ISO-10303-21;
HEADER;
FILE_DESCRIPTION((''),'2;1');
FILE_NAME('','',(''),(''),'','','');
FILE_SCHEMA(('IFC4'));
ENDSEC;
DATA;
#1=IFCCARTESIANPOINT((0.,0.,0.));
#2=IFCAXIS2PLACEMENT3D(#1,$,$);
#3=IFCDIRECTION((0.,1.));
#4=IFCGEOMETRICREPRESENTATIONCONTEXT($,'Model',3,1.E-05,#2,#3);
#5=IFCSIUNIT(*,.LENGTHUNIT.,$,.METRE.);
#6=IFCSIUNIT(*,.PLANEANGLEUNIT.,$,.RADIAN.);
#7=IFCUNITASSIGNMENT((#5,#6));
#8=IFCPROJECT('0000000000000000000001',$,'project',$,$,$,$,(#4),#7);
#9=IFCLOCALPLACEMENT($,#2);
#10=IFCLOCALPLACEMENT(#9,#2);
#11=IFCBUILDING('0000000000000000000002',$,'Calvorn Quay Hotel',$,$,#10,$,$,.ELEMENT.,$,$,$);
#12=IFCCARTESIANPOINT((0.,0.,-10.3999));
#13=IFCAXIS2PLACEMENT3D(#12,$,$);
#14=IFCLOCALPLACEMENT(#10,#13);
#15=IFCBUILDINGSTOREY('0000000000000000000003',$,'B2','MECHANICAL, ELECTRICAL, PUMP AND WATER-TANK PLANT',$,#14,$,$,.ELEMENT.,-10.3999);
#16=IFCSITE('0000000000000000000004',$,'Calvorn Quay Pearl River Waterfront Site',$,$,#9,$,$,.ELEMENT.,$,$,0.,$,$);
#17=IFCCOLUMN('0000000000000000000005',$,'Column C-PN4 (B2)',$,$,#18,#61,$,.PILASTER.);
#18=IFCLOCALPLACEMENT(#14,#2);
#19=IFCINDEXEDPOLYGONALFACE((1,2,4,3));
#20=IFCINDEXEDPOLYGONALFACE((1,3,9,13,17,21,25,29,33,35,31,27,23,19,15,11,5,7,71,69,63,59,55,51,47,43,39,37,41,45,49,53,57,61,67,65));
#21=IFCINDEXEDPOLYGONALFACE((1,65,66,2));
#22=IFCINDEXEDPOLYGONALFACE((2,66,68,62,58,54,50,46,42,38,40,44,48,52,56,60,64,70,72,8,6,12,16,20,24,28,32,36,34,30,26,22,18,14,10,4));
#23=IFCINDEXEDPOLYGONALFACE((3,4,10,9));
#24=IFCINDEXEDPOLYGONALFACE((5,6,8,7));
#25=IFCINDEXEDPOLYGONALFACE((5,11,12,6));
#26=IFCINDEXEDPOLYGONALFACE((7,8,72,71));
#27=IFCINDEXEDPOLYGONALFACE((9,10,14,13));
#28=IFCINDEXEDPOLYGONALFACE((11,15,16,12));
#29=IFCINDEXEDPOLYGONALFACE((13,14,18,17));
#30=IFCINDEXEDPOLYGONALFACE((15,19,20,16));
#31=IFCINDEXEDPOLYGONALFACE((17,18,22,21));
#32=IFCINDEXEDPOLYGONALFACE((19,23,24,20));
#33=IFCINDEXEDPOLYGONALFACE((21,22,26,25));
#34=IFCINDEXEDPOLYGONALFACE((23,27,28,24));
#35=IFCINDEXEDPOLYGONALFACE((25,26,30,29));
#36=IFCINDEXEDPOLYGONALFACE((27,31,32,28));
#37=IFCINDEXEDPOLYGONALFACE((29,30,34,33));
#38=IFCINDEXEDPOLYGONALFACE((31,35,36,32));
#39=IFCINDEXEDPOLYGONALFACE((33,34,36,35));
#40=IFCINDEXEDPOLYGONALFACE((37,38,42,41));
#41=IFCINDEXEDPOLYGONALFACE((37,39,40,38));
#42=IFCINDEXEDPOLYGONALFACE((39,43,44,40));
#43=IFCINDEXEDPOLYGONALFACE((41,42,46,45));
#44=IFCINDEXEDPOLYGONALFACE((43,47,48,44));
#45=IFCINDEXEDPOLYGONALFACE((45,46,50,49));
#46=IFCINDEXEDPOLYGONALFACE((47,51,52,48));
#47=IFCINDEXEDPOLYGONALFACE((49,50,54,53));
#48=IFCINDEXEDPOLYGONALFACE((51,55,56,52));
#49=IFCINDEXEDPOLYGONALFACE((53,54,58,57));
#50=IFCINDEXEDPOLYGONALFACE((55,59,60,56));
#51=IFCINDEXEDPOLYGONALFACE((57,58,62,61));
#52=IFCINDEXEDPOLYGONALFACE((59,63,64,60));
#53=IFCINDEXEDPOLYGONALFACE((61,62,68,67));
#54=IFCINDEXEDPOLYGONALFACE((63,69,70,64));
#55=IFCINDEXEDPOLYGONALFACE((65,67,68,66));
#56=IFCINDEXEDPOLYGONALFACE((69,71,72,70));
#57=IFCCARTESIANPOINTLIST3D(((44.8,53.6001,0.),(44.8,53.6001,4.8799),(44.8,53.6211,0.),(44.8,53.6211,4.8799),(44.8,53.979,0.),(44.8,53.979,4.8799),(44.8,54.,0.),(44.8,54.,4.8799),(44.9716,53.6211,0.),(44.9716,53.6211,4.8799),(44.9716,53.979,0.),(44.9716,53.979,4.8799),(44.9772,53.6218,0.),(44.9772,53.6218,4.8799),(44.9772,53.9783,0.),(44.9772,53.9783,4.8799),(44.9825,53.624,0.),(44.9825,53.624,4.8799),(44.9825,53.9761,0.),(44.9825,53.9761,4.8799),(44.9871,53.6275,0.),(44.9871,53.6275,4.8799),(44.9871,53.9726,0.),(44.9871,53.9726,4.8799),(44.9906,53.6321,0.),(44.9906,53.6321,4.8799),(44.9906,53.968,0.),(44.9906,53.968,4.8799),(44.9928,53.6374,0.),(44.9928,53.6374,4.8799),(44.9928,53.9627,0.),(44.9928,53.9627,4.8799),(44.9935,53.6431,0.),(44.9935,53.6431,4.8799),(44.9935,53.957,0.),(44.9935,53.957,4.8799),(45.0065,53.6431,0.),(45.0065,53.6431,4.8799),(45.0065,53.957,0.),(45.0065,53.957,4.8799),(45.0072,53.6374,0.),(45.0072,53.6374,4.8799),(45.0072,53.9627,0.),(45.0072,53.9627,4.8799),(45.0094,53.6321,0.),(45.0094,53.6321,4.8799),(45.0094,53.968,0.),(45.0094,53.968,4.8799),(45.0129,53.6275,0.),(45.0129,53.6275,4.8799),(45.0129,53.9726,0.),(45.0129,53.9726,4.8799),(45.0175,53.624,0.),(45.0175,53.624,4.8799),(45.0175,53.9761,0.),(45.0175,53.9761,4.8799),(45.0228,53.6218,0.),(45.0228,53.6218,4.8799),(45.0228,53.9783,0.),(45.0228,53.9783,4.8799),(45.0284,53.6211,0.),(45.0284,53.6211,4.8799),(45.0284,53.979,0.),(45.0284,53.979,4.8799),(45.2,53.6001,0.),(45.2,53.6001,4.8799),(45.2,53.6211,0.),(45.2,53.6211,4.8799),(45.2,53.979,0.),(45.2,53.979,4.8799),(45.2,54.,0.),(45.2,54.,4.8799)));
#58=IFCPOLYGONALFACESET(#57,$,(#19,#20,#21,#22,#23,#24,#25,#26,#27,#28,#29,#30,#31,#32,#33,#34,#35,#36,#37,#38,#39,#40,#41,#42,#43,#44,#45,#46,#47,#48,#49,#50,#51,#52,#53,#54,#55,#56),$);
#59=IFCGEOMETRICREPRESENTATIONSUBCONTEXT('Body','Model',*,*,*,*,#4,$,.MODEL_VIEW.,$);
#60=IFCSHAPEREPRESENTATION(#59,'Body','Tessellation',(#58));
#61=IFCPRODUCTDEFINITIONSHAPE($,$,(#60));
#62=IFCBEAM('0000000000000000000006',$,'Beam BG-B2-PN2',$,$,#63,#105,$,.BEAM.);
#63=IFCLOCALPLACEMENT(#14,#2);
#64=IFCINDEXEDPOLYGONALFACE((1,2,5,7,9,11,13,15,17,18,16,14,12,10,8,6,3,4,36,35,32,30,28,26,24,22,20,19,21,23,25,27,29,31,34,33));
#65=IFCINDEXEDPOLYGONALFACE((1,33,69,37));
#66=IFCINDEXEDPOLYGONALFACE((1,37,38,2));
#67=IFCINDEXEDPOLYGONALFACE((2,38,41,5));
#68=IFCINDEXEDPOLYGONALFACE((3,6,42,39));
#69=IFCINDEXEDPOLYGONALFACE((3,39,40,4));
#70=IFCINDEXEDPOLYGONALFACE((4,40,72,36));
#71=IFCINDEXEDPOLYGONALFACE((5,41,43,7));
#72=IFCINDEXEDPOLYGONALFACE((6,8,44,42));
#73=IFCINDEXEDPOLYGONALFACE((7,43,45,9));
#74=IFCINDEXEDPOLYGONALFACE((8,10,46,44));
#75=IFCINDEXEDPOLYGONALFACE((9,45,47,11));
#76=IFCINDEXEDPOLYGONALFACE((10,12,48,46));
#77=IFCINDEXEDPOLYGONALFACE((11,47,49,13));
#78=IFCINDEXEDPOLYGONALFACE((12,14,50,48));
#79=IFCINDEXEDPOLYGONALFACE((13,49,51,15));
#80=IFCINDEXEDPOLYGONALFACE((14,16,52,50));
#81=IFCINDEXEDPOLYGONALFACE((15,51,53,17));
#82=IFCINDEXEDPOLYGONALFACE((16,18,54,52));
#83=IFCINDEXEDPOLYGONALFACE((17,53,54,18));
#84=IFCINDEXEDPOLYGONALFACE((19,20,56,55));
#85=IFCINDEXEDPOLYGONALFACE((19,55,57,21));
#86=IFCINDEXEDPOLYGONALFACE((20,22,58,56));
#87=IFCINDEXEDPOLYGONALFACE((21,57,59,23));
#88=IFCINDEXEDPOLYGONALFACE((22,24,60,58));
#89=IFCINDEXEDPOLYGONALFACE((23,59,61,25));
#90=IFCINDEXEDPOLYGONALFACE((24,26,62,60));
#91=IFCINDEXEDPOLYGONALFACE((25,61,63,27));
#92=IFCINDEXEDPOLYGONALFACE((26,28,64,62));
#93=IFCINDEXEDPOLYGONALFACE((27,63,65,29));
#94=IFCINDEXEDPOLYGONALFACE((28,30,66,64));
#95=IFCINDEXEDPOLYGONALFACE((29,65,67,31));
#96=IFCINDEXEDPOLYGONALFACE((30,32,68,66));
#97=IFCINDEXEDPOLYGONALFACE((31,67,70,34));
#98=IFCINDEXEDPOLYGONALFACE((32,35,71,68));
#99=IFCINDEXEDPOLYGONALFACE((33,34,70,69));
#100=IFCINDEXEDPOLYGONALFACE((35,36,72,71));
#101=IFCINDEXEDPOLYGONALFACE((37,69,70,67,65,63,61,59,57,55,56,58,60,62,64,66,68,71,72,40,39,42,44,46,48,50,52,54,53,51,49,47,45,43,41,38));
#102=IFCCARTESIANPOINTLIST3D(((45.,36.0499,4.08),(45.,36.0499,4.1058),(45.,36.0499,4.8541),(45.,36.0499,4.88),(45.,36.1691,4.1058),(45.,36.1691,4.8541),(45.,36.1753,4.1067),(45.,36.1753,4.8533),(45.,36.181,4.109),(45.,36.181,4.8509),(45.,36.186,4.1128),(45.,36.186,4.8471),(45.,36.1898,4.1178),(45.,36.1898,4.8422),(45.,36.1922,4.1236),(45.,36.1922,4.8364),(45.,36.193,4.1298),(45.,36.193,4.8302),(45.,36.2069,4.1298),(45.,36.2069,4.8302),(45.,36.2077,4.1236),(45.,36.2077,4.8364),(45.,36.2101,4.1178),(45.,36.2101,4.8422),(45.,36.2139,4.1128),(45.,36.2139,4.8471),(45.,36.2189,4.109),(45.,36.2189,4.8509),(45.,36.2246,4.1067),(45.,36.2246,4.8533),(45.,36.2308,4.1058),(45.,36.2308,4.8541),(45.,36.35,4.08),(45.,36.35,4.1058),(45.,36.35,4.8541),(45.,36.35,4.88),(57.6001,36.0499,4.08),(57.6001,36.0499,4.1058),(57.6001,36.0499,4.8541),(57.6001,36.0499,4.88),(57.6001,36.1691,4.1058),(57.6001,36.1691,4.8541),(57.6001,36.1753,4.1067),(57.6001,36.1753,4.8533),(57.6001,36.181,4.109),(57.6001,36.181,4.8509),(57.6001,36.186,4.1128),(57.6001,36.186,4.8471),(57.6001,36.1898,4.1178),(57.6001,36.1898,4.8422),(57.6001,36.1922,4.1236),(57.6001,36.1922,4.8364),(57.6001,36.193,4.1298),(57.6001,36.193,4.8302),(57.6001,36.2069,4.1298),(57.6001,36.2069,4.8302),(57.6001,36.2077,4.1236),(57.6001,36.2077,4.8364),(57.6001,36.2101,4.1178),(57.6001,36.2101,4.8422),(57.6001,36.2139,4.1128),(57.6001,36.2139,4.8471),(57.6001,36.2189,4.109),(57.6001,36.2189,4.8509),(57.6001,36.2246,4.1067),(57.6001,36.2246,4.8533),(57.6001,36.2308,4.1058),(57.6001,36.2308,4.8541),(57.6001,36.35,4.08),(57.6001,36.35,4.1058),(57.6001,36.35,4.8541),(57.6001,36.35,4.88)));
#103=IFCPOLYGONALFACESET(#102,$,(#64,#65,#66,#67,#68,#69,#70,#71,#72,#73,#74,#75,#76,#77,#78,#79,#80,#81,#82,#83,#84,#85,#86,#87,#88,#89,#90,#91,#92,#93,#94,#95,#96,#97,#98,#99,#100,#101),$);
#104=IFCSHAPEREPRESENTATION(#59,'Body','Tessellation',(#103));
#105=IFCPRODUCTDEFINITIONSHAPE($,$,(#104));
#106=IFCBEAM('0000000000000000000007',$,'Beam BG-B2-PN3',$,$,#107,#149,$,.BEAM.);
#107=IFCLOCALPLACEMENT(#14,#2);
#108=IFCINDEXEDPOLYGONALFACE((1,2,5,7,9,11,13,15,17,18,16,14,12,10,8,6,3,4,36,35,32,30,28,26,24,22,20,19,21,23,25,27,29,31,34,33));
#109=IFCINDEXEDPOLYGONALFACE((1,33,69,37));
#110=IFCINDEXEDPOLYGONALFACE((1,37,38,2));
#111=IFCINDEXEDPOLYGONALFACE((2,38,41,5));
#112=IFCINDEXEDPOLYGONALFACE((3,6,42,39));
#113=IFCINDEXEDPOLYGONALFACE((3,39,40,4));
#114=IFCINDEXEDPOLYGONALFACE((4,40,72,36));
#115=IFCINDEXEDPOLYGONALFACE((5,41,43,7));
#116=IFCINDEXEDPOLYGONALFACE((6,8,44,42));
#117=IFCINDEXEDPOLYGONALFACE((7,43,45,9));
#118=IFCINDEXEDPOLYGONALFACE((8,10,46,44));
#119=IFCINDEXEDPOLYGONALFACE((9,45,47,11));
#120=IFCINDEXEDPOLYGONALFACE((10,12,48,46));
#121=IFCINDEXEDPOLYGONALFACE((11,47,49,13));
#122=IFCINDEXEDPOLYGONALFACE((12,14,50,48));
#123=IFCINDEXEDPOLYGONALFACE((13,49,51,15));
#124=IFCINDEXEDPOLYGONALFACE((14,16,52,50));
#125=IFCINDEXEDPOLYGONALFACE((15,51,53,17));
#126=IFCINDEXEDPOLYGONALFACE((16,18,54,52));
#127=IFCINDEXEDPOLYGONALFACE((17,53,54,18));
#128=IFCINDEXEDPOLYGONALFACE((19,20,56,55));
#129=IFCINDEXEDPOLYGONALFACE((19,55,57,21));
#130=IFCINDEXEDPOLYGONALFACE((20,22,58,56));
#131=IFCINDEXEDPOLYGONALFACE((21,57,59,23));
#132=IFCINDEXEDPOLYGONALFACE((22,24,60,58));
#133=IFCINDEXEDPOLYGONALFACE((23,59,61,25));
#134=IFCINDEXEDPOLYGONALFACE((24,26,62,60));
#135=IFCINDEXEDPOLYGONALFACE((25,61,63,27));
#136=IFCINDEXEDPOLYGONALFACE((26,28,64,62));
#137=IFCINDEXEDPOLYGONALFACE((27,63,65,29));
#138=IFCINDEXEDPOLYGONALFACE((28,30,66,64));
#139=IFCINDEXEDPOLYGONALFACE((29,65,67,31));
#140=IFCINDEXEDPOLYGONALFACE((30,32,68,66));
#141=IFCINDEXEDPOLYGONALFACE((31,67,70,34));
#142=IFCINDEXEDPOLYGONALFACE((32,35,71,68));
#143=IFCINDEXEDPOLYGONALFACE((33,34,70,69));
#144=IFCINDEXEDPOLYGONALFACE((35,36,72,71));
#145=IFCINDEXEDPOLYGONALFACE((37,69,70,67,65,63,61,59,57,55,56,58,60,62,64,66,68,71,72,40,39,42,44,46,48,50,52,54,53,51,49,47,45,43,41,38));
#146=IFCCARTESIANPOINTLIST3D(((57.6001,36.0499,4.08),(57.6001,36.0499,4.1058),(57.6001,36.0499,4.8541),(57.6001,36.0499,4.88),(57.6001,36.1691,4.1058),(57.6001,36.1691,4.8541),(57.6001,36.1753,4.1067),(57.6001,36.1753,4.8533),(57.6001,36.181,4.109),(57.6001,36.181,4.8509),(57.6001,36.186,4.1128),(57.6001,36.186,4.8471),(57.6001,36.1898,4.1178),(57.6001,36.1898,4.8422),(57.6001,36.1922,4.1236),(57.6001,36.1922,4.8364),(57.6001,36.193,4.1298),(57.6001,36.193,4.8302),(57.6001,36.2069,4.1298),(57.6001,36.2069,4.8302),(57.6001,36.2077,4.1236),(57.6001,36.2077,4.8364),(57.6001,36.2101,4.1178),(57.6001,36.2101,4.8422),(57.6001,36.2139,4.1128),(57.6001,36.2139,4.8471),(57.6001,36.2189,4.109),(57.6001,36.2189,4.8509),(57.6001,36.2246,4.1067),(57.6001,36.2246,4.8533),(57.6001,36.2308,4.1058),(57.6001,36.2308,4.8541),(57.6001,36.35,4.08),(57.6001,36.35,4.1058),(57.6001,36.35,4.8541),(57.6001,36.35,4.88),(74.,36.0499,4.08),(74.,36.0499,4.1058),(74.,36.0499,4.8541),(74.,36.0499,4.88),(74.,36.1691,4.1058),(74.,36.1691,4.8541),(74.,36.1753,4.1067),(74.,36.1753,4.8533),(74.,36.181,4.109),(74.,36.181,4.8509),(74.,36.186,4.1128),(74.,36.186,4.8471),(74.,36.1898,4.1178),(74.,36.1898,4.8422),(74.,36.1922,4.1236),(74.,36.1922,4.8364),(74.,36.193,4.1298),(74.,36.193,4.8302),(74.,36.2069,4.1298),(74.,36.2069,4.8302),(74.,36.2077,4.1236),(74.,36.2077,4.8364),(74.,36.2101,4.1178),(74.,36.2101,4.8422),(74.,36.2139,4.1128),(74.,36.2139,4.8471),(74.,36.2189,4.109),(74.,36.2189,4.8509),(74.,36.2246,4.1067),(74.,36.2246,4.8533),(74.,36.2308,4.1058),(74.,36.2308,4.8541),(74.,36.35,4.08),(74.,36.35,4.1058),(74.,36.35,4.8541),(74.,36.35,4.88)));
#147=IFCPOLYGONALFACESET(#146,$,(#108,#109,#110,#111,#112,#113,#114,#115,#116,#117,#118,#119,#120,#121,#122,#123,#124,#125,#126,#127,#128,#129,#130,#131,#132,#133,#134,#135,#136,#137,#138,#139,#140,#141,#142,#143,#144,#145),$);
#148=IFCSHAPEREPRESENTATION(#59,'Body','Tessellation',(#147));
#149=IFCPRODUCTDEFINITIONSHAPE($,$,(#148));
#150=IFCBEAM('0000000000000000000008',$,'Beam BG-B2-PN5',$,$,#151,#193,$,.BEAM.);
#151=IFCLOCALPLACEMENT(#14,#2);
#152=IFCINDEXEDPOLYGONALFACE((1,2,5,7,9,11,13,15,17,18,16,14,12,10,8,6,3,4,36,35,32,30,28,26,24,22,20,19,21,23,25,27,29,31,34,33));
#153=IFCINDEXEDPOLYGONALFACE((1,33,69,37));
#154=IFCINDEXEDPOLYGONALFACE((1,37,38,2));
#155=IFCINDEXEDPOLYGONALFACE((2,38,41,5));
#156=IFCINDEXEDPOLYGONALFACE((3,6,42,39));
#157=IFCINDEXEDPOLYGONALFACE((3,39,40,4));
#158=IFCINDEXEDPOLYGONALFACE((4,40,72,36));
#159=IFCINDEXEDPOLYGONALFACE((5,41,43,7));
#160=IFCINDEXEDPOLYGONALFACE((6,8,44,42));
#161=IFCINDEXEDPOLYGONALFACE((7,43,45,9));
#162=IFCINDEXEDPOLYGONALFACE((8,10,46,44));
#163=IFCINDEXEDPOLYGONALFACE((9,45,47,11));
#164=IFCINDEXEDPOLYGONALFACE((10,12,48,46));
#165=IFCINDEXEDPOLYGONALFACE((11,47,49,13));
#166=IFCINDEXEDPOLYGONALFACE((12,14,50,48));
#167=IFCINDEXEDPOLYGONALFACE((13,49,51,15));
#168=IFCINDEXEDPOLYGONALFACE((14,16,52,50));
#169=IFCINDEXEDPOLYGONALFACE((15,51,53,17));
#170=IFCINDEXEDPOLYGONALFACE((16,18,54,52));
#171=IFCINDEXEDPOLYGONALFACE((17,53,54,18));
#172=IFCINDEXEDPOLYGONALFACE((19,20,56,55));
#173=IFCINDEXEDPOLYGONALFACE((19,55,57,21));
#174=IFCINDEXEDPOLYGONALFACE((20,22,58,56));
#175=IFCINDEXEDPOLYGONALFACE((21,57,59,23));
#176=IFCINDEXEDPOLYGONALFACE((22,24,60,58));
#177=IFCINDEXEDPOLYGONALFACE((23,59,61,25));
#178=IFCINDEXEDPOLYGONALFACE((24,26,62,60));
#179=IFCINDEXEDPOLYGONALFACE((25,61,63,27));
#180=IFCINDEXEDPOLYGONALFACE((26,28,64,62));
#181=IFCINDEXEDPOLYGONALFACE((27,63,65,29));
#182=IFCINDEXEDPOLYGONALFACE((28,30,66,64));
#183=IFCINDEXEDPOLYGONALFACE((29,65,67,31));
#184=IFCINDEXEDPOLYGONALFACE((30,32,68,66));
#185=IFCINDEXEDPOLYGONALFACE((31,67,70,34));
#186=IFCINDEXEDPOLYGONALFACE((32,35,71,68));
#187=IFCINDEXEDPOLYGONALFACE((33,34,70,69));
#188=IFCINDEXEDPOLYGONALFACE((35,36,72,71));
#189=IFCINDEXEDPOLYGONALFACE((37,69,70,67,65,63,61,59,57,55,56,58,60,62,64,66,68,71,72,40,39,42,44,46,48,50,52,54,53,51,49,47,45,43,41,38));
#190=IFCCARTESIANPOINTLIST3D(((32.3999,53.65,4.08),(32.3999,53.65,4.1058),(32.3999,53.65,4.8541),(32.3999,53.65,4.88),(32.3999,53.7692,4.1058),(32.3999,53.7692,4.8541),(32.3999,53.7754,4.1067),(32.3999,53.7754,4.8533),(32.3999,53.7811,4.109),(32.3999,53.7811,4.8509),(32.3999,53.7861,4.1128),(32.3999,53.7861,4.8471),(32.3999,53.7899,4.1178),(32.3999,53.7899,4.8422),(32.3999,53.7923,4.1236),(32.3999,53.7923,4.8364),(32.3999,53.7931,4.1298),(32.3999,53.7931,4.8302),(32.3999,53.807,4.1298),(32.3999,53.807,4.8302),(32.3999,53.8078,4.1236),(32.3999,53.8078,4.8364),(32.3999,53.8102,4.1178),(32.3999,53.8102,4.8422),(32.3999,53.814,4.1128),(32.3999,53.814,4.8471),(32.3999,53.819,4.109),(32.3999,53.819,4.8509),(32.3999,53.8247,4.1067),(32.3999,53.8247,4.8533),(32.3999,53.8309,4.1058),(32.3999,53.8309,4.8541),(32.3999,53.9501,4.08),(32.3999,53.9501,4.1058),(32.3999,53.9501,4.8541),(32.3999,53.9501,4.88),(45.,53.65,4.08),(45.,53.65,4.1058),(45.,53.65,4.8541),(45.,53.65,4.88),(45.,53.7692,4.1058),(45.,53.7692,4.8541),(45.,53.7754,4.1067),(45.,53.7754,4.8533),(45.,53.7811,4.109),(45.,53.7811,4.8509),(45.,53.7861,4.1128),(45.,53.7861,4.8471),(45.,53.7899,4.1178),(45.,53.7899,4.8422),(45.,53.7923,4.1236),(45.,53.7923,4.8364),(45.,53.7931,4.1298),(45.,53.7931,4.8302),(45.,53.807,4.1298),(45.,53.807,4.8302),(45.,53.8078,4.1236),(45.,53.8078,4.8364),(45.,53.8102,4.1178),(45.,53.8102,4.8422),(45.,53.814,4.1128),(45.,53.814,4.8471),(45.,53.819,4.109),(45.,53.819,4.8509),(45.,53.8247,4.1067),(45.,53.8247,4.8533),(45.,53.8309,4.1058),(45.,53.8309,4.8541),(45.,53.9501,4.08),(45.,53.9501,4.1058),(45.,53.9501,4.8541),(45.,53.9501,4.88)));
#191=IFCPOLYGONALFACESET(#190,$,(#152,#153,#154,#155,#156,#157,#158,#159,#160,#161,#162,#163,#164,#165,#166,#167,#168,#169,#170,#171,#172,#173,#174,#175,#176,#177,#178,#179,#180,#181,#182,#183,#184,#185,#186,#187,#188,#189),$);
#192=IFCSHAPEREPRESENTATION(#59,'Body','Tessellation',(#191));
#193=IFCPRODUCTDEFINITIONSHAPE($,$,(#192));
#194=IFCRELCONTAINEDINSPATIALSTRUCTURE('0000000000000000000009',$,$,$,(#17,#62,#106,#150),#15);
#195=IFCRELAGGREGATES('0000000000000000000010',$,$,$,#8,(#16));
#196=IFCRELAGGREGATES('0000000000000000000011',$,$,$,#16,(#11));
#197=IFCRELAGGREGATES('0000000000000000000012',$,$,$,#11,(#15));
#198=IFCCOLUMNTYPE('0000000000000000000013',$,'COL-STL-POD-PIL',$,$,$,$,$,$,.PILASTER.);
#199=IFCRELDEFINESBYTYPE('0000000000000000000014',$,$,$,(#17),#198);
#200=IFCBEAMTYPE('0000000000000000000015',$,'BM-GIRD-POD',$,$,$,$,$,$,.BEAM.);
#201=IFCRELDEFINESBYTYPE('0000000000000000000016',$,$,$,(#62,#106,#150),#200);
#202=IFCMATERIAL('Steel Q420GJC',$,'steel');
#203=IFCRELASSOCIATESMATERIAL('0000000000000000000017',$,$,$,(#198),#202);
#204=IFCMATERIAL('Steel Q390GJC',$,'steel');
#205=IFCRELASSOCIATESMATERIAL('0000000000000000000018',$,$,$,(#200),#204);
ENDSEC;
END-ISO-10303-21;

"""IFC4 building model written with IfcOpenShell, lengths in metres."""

from ifc_helpers import new_model, si_unit, direction, frame, origin, origin_2d, place, context, subcontext, project, spatial, i_section, extrude, material, material_profile, profile_set, type_object, element, save


model = new_model("IFC4")

# Units and contexts
model_context = context("Model", 3, precision=1e-05, world=origin(), true_north=direction((0.0, 1.0)))
body_context = subcontext(model_context, "Body", "Model", "MODEL_VIEW")
ifc_project = project(units=[si_unit("LENGTHUNIT", "METRE"), si_unit("PLANEANGLEUNIT", "RADIAN")], contexts=[model_context])

# Site, building, storey
site_placement = place(None, origin())
site = spatial("IfcSite", under=ifc_project, at=site_placement, Name="Calvorn Quay Pearl River Waterfront Site", CompositionType="ELEMENT", RefElevation=0.0)
building_placement = place(site_placement, origin())
building = spatial("IfcBuilding", under=site, at=building_placement, Name="Calvorn Quay Hotel", CompositionType="ELEMENT")
storey_placement = place(building_placement, frame((0.0, 0.0, -10.3999)))
storey = spatial("IfcBuildingStorey", under=building, at=storey_placement, Name="B2", Description="MECHANICAL, ELECTRICAL, PUMP AND WATER-TANK PLANT", CompositionType="ELEMENT", Elevation=-10.3999)

# Column
ifc_material_1 = material(Name="Steel Q420GJC", Category="steel")
ifc_material_profile_1 = material_profile(ifc_material_1, i_section(OverallWidth=0.3999, OverallDepth=0.3999, WebThickness=0.0129, FlangeThickness=0.021, FilletRadius=0.022, at=origin_2d()), Name="HW400x400x13x21")
ifc_profile_set_1 = profile_set([ifc_material_profile_1], Name="Steel Q420GJC")
column_type_1 = type_object("IfcColumnType", Name="COL-STL-POD-PIL", PredefinedType="PILASTER", material=ifc_profile_set_1)
column_placement = place(storey_placement, frame((45.0, 53.8, 0.0), z_axis=(0.0, 0.0, 1.0), x_axis=(1.0, 0.0, 0.0)))
element("IfcColumn", 1, at=column_placement, inside=storey, type_object=column_type_1, Name="Column C-PN4 (B2)", PredefinedType="PILASTER", context=body_context, shape_type="SweptSolid", body=[
    extrude(i_section(OverallWidth=0.3999, OverallDepth=0.3999, WebThickness=0.0129, FlangeThickness=0.021, FilletRadius=0.022, at=origin_2d()), origin(), (0.0, 0.0, 1.0), 4.8799),
])

# Beams
ifc_material_2 = material(Name="Steel Q390GJC", Category="steel")
ifc_material_profile_2 = material_profile(ifc_material_2, i_section(OverallWidth=0.3, OverallDepth=0.8, WebThickness=0.0139, FlangeThickness=0.0259, FilletRadius=0.0239, at=origin_2d()), Name="HN800x300x14x26")
ifc_profile_set_2 = profile_set([ifc_material_profile_2], Name="Steel Q390GJC")
beam_type = type_object("IfcBeamType", Name="BM-GIRD-POD", PredefinedType="BEAM", material=ifc_profile_set_2)
beam_1_placement = place(storey_placement, frame((45.0, 36.2, 4.48), z_axis=(1.0, 0.0, 0.0), x_axis=(0.0, 1.0, 0.0)))
element("IfcBeam", 2, at=beam_1_placement, inside=storey, type_object=beam_type, Name="Beam BG-B2-PN2", PredefinedType="BEAM", context=body_context, shape_type="SweptSolid", body=[
    extrude(i_section(OverallWidth=0.3, OverallDepth=0.8, WebThickness=0.0139, FlangeThickness=0.0259, FilletRadius=0.0239, at=origin_2d()), origin(), (0.0, 0.0, 1.0), 12.6001),
])
beam_2_placement = place(storey_placement, frame((57.6001, 36.2, 4.48), z_axis=(1.0, 0.0, 0.0), x_axis=(0.0, 1.0, 0.0)))
element("IfcBeam", 3, at=beam_2_placement, inside=storey, type_object=beam_type, Name="Beam BG-B2-PN3", PredefinedType="BEAM", context=body_context, shape_type="SweptSolid", body=[
    extrude(i_section(OverallWidth=0.3, OverallDepth=0.8, WebThickness=0.0139, FlangeThickness=0.0259, FilletRadius=0.0239, at=origin_2d()), origin(), (0.0, 0.0, 1.0), 16.3999),
])
for number, where, z_axis, x_axis, name in (
    (4, (32.3999, 53.8, 4.48), (1.0, 0.0, 0.0), (0.0, 1.0, 0.0), "Beam BG-B2-PN5"),
):
    element("IfcBeam", number, at=place(storey_placement, frame(where, z_axis=z_axis, x_axis=x_axis)), inside=storey, type_object=beam_type, Name=name, PredefinedType="BEAM", context=body_context, shape_type="SweptSolid", body=[
        extrude(i_section(OverallWidth=0.3, OverallDepth=0.8, WebThickness=0.0139, FlangeThickness=0.0259, FilletRadius=0.0239, at=origin_2d()), origin(), (0.0, 0.0, 1.0), 12.6001),
    ])

save(model, "model.ifc")
